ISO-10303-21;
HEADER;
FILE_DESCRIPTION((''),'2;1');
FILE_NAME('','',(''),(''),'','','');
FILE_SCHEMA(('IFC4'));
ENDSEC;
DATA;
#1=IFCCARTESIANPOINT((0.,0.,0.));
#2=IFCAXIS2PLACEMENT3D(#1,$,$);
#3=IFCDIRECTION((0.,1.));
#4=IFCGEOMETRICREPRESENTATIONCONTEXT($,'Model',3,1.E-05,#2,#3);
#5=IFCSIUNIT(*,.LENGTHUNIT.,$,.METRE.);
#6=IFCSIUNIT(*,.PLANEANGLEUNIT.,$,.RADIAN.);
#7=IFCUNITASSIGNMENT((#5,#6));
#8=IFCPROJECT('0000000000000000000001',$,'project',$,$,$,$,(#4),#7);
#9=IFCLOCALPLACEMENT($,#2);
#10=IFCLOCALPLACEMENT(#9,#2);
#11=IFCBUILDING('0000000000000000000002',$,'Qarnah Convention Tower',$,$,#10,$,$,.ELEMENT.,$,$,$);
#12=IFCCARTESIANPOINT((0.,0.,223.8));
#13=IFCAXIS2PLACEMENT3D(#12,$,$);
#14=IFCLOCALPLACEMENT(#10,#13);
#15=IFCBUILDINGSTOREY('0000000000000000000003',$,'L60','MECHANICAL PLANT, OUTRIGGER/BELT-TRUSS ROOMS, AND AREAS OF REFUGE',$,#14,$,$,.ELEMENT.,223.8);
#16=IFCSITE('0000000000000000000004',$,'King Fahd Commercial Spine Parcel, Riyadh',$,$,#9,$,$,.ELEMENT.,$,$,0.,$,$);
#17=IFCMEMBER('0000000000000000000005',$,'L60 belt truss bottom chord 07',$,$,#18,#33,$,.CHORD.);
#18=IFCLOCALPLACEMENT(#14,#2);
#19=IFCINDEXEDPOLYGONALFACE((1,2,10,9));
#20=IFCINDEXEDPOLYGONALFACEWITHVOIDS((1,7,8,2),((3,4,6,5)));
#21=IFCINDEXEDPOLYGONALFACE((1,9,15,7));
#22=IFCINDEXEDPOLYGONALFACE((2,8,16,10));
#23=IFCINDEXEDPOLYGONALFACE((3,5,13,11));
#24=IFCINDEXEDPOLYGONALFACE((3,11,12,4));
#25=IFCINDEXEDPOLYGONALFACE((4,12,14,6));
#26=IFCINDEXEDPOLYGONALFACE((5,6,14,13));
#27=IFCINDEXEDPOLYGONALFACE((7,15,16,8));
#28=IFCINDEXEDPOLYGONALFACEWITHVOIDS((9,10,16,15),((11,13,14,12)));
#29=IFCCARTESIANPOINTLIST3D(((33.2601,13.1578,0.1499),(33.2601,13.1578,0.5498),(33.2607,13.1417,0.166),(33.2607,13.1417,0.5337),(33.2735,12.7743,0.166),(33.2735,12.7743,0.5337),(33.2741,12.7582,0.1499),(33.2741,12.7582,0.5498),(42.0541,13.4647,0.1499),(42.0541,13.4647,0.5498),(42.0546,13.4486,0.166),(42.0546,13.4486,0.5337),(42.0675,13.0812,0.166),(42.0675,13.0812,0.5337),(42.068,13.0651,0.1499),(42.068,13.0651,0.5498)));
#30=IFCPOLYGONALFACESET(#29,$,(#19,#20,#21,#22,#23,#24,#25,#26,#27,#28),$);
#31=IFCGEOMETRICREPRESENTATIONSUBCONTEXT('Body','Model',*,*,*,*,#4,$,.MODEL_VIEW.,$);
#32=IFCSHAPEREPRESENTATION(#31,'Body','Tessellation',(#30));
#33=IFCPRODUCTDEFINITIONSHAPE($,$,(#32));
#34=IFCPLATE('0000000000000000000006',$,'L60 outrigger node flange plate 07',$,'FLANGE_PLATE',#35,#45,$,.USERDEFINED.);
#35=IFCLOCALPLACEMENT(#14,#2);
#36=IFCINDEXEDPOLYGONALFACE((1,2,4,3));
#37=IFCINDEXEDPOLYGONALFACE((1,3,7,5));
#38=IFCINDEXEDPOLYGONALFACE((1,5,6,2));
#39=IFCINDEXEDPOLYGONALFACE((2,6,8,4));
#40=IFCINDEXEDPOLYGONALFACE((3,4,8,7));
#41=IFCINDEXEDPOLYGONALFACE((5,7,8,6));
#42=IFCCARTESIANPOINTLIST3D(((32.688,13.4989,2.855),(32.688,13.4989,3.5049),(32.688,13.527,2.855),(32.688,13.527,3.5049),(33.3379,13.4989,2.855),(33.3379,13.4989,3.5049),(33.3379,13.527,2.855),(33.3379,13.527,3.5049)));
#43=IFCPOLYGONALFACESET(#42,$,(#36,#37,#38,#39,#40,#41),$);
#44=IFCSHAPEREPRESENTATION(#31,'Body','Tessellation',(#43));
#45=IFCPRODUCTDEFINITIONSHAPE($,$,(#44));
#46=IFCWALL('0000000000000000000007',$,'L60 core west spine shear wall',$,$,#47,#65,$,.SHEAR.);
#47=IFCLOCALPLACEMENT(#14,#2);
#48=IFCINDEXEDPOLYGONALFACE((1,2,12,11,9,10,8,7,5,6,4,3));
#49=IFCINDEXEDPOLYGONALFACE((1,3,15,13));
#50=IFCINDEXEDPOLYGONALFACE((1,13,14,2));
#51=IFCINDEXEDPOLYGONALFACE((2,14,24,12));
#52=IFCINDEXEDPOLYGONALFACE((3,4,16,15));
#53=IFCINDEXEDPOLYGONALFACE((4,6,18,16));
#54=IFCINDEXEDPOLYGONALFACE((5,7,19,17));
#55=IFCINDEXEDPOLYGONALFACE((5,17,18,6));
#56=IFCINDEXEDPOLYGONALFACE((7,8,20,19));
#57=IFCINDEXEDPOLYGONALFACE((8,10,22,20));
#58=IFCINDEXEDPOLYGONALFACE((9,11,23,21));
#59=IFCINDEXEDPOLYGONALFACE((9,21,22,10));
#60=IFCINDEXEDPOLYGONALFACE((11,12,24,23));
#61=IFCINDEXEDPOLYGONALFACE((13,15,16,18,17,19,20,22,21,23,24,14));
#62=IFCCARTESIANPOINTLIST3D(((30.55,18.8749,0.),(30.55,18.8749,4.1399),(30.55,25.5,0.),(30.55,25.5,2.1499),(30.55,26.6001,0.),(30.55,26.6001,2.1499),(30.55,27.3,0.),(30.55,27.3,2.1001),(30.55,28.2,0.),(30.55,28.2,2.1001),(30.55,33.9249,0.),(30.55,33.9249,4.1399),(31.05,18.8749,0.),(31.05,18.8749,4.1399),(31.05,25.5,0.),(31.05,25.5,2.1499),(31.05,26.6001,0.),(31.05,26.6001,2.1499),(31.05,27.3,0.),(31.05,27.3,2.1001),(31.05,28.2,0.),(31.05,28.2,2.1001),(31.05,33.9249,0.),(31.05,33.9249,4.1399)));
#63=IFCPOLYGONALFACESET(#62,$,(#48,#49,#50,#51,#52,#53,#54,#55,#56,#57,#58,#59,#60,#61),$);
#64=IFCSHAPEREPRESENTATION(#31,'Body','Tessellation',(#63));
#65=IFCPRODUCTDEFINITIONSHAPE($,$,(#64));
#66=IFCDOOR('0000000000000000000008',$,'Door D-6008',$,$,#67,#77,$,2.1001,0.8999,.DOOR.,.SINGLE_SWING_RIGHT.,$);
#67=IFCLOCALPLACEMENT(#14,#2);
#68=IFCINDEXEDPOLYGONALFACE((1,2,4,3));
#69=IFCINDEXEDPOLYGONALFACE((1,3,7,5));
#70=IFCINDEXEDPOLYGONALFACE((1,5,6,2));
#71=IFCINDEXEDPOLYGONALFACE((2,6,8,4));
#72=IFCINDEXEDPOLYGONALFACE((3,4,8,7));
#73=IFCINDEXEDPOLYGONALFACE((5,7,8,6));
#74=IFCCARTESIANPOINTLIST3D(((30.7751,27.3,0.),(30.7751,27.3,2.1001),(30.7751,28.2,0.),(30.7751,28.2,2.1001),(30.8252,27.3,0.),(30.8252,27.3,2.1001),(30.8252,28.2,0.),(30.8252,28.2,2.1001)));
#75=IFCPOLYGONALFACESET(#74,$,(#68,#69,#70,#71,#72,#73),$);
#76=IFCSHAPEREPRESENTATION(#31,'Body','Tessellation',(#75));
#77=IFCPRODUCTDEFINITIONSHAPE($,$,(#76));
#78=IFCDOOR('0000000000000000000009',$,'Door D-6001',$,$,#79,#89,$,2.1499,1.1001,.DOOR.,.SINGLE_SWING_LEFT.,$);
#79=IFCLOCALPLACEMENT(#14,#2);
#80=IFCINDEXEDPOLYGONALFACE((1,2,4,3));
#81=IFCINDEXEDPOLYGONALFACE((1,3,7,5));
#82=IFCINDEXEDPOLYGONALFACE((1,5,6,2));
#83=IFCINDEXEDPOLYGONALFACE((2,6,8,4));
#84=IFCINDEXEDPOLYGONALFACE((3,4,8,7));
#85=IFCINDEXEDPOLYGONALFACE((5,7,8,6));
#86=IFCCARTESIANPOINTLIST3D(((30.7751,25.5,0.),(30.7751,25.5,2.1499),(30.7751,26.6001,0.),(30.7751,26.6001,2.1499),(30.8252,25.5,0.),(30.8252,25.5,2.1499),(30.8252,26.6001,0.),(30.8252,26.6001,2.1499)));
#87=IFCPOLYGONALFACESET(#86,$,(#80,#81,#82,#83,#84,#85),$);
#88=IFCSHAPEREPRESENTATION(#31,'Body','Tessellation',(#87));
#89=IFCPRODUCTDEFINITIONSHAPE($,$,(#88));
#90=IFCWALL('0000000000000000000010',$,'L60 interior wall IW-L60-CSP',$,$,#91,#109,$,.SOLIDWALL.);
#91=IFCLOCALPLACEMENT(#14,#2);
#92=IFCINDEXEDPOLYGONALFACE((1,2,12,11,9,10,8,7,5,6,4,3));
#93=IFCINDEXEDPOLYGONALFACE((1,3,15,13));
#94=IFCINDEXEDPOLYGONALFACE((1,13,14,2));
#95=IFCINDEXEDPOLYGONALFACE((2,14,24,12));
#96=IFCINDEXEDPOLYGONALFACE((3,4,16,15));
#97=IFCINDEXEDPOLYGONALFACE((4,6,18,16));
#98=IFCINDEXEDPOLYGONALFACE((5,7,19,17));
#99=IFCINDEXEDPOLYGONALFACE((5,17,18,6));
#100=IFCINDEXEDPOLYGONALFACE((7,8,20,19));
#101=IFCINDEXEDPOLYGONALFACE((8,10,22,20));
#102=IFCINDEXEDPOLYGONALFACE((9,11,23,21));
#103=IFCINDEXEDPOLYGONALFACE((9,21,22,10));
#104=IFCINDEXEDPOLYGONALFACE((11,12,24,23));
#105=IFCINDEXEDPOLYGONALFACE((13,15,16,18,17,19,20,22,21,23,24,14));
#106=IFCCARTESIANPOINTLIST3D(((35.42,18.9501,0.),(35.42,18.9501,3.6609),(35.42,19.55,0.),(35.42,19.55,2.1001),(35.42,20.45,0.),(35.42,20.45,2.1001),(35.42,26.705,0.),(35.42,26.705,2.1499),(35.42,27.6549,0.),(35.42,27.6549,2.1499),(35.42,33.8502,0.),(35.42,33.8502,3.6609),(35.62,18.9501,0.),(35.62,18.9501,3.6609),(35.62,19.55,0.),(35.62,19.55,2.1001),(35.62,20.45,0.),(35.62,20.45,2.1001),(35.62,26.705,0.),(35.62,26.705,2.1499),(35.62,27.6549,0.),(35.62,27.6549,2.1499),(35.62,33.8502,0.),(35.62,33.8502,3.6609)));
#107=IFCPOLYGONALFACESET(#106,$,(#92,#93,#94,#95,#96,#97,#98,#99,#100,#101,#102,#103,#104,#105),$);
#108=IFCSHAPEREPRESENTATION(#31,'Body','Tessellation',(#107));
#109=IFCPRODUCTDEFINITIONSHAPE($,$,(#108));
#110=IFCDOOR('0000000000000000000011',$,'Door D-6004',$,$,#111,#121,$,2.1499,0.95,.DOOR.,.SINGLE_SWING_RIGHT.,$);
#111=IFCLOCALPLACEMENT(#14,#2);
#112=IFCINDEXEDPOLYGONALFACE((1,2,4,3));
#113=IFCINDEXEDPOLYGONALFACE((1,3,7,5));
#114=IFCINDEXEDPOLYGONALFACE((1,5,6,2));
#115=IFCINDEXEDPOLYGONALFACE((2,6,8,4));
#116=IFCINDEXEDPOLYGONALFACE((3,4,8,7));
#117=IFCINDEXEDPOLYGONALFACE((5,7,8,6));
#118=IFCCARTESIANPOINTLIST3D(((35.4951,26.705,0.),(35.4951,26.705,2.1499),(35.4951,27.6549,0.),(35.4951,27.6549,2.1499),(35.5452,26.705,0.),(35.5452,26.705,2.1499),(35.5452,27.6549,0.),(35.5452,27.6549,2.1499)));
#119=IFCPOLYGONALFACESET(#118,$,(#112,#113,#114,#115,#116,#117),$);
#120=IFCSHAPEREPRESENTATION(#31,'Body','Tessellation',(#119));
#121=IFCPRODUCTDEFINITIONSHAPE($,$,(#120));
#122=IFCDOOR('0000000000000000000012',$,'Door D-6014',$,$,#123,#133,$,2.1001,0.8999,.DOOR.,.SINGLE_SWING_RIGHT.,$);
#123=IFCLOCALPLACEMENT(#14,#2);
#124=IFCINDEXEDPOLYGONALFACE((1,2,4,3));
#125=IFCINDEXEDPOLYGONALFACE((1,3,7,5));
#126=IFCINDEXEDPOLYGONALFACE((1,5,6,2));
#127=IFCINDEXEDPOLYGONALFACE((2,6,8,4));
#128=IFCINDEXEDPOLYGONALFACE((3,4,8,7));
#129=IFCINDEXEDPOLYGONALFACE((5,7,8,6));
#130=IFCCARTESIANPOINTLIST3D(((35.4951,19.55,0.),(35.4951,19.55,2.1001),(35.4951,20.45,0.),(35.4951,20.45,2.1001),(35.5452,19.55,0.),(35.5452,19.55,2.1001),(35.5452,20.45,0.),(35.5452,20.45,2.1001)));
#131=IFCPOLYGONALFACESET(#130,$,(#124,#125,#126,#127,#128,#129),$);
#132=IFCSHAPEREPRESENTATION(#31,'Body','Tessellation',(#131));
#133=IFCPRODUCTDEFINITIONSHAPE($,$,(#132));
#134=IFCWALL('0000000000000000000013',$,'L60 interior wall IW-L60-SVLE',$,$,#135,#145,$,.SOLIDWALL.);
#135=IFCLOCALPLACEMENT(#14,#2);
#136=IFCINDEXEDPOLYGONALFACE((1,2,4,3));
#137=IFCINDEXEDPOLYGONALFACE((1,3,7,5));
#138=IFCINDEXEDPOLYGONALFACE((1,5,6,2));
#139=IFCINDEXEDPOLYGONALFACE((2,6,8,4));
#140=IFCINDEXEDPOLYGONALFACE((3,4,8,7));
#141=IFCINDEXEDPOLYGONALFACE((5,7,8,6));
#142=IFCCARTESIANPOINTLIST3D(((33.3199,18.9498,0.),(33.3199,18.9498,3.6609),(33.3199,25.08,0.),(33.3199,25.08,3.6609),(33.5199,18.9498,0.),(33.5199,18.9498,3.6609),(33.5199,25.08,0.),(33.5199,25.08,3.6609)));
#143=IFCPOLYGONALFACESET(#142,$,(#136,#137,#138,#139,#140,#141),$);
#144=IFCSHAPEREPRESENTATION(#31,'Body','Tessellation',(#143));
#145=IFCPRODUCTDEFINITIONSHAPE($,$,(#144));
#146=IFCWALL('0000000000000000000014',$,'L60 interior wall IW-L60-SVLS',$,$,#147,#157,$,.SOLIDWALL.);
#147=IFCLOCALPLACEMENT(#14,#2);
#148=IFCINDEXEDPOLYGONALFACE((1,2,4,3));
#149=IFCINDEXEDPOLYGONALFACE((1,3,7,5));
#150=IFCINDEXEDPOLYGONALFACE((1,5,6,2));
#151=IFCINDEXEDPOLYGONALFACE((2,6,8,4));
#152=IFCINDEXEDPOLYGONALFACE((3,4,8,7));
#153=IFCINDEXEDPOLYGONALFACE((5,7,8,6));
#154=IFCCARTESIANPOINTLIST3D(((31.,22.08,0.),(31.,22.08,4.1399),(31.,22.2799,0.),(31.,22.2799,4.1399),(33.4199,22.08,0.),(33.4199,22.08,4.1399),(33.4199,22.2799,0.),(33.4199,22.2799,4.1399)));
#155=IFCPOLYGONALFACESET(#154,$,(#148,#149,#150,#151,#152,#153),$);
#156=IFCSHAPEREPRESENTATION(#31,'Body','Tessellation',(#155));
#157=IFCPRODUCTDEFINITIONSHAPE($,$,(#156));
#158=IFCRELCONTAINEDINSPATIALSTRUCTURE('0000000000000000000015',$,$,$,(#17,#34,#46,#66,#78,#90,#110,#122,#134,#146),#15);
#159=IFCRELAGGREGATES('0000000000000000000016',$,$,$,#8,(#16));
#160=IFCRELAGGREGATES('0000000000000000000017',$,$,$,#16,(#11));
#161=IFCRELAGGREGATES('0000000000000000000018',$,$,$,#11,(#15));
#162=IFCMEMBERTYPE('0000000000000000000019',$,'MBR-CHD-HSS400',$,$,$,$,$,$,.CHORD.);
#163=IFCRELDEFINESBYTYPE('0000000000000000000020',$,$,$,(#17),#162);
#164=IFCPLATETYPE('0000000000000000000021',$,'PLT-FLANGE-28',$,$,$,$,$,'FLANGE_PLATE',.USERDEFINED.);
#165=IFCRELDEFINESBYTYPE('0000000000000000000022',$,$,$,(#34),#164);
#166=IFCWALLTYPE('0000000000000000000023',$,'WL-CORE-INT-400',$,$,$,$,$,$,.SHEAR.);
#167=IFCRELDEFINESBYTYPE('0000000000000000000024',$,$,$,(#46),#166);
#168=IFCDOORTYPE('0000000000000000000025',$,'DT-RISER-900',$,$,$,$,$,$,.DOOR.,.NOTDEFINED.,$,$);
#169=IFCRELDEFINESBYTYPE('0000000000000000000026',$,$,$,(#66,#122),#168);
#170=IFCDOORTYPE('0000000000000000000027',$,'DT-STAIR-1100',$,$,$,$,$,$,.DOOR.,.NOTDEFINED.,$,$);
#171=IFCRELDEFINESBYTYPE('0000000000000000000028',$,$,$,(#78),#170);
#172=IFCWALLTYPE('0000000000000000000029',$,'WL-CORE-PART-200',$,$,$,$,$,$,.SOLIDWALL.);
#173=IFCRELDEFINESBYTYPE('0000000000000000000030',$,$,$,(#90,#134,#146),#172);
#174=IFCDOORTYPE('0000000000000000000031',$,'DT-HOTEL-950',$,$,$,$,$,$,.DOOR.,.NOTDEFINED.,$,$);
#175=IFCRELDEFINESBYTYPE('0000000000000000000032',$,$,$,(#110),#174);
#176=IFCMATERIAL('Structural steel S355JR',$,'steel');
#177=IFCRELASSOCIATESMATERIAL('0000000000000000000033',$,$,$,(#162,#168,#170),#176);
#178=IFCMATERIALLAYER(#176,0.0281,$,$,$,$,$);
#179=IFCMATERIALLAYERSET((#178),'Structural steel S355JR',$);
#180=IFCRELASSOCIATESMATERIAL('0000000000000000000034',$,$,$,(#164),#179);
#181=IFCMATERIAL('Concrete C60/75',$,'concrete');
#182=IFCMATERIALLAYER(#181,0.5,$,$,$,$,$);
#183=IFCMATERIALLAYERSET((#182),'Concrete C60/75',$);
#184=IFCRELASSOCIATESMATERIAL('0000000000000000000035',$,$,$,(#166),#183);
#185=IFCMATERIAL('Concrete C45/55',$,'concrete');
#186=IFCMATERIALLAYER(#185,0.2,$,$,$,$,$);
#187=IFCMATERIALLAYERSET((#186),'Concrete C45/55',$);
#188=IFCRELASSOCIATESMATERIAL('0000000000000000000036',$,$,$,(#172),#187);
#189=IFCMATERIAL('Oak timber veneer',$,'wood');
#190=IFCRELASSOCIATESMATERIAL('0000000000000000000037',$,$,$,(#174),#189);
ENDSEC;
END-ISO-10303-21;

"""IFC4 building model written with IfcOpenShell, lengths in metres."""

from ifc_helpers import new_model, si_unit, direction, frame, frame_2d, origin, origin_2d, place, context, subcontext, project, spatial, rectangle, hollow_rectangle, extrude, material, layer, layer_set, material_profile, profile_set, type_object, element, fill, save


model = new_model("IFC4")

# Units and contexts
model_context = context("Model", 3, precision=1e-05, world=origin(), true_north=direction((0.0, 1.0)))
body_context = subcontext(model_context, "Body", "Model", "MODEL_VIEW")
ifc_project = project(units=[si_unit("LENGTHUNIT", "METRE"), si_unit("PLANEANGLEUNIT", "RADIAN")], contexts=[model_context])

# Site, building, storey
site_placement = place(None, origin())
site = spatial("IfcSite", under=ifc_project, at=site_placement, Name="King Fahd Commercial Spine Parcel, Riyadh", CompositionType="ELEMENT", RefElevation=0.0)
building_placement = place(site_placement, origin())
building = spatial("IfcBuilding", under=site, at=building_placement, Name="Qarnah Convention Tower", CompositionType="ELEMENT")
storey_placement = place(building_placement, frame((0.0, 0.0, 223.8)))
storey = spatial("IfcBuildingStorey", under=building, at=storey_placement, Name="L60", Description="MECHANICAL PLANT, OUTRIGGER/BELT-TRUSS ROOMS, AND AREAS OF REFUGE", CompositionType="ELEMENT", Elevation=223.8)

# Shared definitions
ifc_material_1 = material(Name="Structural steel S355JR", Category="steel")

# Member
ifc_material_profile_1 = material_profile(ifc_material_1, hollow_rectangle(XDim=0.3999, YDim=0.3999, WallThickness=0.0161, at=origin_2d()), Name="HSS400X400X16")
ifc_profile_set_1 = profile_set([ifc_material_profile_1], Name="Structural steel S355JR")
member_type_1 = type_object("IfcMemberType", Name="MBR-CHD-HSS400", PredefinedType="CHORD", material=ifc_profile_set_1)
member_1_placement = place(storey_placement, frame((33.2671, 12.958, 0.3499), z_axis=(0.999392, 0.034876, 0.0), x_axis=(-0.034876, 0.999392, 0.0)))
element("IfcMember", 1, at=member_1_placement, inside=storey, type_object=member_type_1, Name="L60 belt truss bottom chord 07", PredefinedType="CHORD", context=body_context, shape_type="SweptSolid", body=[
    extrude(hollow_rectangle(XDim=0.3999, YDim=0.3999, WallThickness=0.0161, at=origin_2d()), origin(), (0.0, 0.0, 1.0), 8.7993),
])

# Plate
ifc_layer_1 = layer(ifc_material_1, 0.0281)
ifc_layer_set_1 = layer_set([ifc_layer_1], Name="Structural steel S355JR")
plate_type = type_object("IfcPlateType", Name="PLT-FLANGE-28", ElementType="FLANGE_PLATE", PredefinedType="USERDEFINED", material=ifc_layer_set_1)
plate_placement = place(storey_placement, frame((33.0129, 13.5129, 2.855), z_axis=(0.0, 0.0, 1.0), x_axis=(1.0, 0.0, 0.0)))
element("IfcPlate", 2, at=plate_placement, inside=storey, type_object=plate_type, Name="L60 outrigger node flange plate 07", ObjectType="FLANGE_PLATE", PredefinedType="USERDEFINED", context=body_context, shape_type="SweptSolid", body=[
    extrude(rectangle(XDim=0.6499, YDim=0.0281, at=origin_2d()), origin(), (0.0, 0.0, 1.0), 0.6499),
])

# Walls, openings, doors
ifc_material_2 = material(Name="Concrete C60/75", Category="concrete")
ifc_layer_2 = layer(ifc_material_2, 0.5)
ifc_layer_set_2 = layer_set([ifc_layer_2], Name="Concrete C60/75")
wall_type_1 = type_object("IfcWallType", Name="WL-CORE-INT-400", PredefinedType="SHEAR", material=ifc_layer_set_2)
wall_1_placement = place(storey_placement, frame((30.8, 18.875, 0.0), z_axis=(0.0, 0.0, 1.0), x_axis=(0.0, 1.0, 0.0)))
wall_1 = element("IfcWall", 3, at=wall_1_placement, inside=storey, type_object=wall_type_1, Name="L60 core west spine shear wall", PredefinedType="SHEAR", context=body_context, shape_type="SweptSolid", body=[
    extrude(rectangle(XDim=15.05, YDim=0.5, at=frame_2d((7.5249, 0.0))), origin(), (0.0, 0.0, 1.0), 4.1399),
])
opening_1_placement = place(wall_1_placement, frame((6.625, 0.0, 0.0)))
opening_1 = element("IfcOpeningElement", 4, at=opening_1_placement, cuts=wall_1, PredefinedType="OPENING", context=body_context, shape_type="SweptSolid", body=[
    extrude(rectangle(XDim=1.1001, YDim=2.1499, at=frame_2d((0.55, 1.075))), frame((0.0, 0.26, 0.0), z_axis=(0.0, -1.0, 0.0), x_axis=(1.0, 0.0, 0.0)), (0.0, 0.0, 1.0), 0.52),
])
opening_2_placement = place(wall_1_placement, frame((8.425, 0.0, 0.0)))
opening_2 = element("IfcOpeningElement", 5, at=opening_2_placement, cuts=wall_1, PredefinedType="OPENING", context=body_context, shape_type="SweptSolid", body=[
    extrude(rectangle(XDim=0.8999, YDim=2.1001, at=frame_2d((0.45, 1.05))), frame((0.0, 0.26, 0.0), z_axis=(0.0, -1.0, 0.0), x_axis=(1.0, 0.0, 0.0)), (0.0, 0.0, 1.0), 0.52),
])
door_type_1 = type_object("IfcDoorType", Name="DT-RISER-900", OperationType="NOTDEFINED", PredefinedType="DOOR", material=ifc_material_1)
door_1_placement = place(opening_2_placement, origin())
door_1 = element("IfcDoor", 6, at=door_1_placement, inside=storey, type_object=door_type_1, Name="Door D-6008", OperationType="SINGLE_SWING_RIGHT", OverallHeight=2.1001, OverallWidth=0.8999, PredefinedType="DOOR", context=body_context, shape_type="SweptSolid", body=[
    extrude(rectangle(XDim=0.8999, YDim=2.1001, at=frame_2d((0.45, 1.05))), frame((0.0, 0.0249, 0.0), z_axis=(0.0, -1.0, 0.0), x_axis=(1.0, 0.0, 0.0)), (0.0, 0.0, 1.0), 0.05),
])
fill(opening_2, door_1)
door_type_2 = type_object("IfcDoorType", Name="DT-STAIR-1100", OperationType="NOTDEFINED", PredefinedType="DOOR", material=ifc_material_1)
door_2_placement = place(opening_1_placement, origin())
door_2 = element("IfcDoor", 7, at=door_2_placement, inside=storey, type_object=door_type_2, Name="Door D-6001", OperationType="SINGLE_SWING_LEFT", OverallHeight=2.1499, OverallWidth=1.1001, PredefinedType="DOOR", context=body_context, shape_type="SweptSolid", body=[
    extrude(rectangle(XDim=1.1001, YDim=2.1499, at=frame_2d((0.55, 1.075))), frame((0.0, 0.0249, 0.0), z_axis=(0.0, -1.0, 0.0), x_axis=(1.0, 0.0, 0.0)), (0.0, 0.0, 1.0), 0.05),
])
fill(opening_1, door_2)
ifc_material_3 = material(Name="Concrete C45/55", Category="concrete")
ifc_layer_3 = layer(ifc_material_3, 0.2)
ifc_layer_set_3 = layer_set([ifc_layer_3], Name="Concrete C45/55")
wall_type_2 = type_object("IfcWallType", Name="WL-CORE-PART-200", PredefinedType="SOLIDWALL", material=ifc_layer_set_3)
wall_2_placement = place(storey_placement, frame((35.52, 18.95, 0.0), z_axis=(0.0, 0.0, 1.0), x_axis=(0.0, 1.0, 0.0)))
wall_2 = element("IfcWall", 8, at=wall_2_placement, inside=storey, type_object=wall_type_2, Name="L60 interior wall IW-L60-CSP", PredefinedType="SOLIDWALL", context=body_context, shape_type="SweptSolid", body=[
    extrude(rectangle(XDim=14.9001, YDim=0.2, at=frame_2d((7.4502, 0.0))), origin(), (0.0, 0.0, 1.0), 3.6609),
])
opening_3_placement = place(wall_2_placement, frame((7.7549, 0.0, 0.0)))
opening_3 = element("IfcOpeningElement", 9, at=opening_3_placement, cuts=wall_2, PredefinedType="OPENING", context=body_context, shape_type="SweptSolid", body=[
    extrude(rectangle(XDim=0.95, YDim=2.1499, at=frame_2d((0.4751, 1.075))), frame((0.0, 0.1099, 0.0), z_axis=(0.0, -1.0, 0.0), x_axis=(1.0, 0.0, 0.0)), (0.0, 0.0, 1.0), 0.22),
])
opening_4_placement = place(wall_2_placement, frame((0.6001, 0.0, 0.0)))
opening_4 = element("IfcOpeningElement", 10, at=opening_4_placement, cuts=wall_2, PredefinedType="OPENING", context=body_context, shape_type="SweptSolid", body=[
    extrude(rectangle(XDim=0.8999, YDim=2.1001, at=frame_2d((0.45, 1.05))), frame((0.0, 0.1099, 0.0), z_axis=(0.0, -1.0, 0.0), x_axis=(1.0, 0.0, 0.0)), (0.0, 0.0, 1.0), 0.22),
])
ifc_material_4 = material(Name="Oak timber veneer", Category="wood")
door_type_3 = type_object("IfcDoorType", Name="DT-HOTEL-950", OperationType="NOTDEFINED", PredefinedType="DOOR", material=ifc_material_4)
door_3_placement = place(opening_3_placement, origin())
door_3 = element("IfcDoor", 11, at=door_3_placement, inside=storey, type_object=door_type_3, Name="Door D-6004", OperationType="SINGLE_SWING_RIGHT", OverallHeight=2.1499, OverallWidth=0.95, PredefinedType="DOOR", context=body_context, shape_type="SweptSolid", body=[
    extrude(rectangle(XDim=0.95, YDim=2.1499, at=frame_2d((0.4751, 1.075))), frame((0.0, 0.0249, 0.0), z_axis=(0.0, -1.0, 0.0), x_axis=(1.0, 0.0, 0.0)), (0.0, 0.0, 1.0), 0.05),
])
fill(opening_3, door_3)
door_4_placement = place(opening_4_placement, origin())
door_4 = element("IfcDoor", 12, at=door_4_placement, inside=storey, type_object=door_type_1, Name="Door D-6014", OperationType="SINGLE_SWING_RIGHT", OverallHeight=2.1001, OverallWidth=0.8999, PredefinedType="DOOR", context=body_context, shape_type="SweptSolid", body=[
    extrude(rectangle(XDim=0.8999, YDim=2.1001, at=frame_2d((0.45, 1.05))), frame((0.0, 0.0249, 0.0), z_axis=(0.0, -1.0, 0.0), x_axis=(1.0, 0.0, 0.0)), (0.0, 0.0, 1.0), 0.05),
])
fill(opening_4, door_4)

# Walls
wall_3_placement = place(storey_placement, frame((33.4199, 18.95, 0.0), z_axis=(0.0, 0.0, 1.0), x_axis=(0.0, 1.0, 0.0)))
element("IfcWall", 13, at=wall_3_placement, inside=storey, type_object=wall_type_2, Name="L60 interior wall IW-L60-SVLE", PredefinedType="SOLIDWALL", context=body_context, shape_type="SweptSolid", body=[
    extrude(rectangle(XDim=6.1301, YDim=0.2, at=frame_2d((3.0649, 0.0))), origin(), (0.0, 0.0, 1.0), 3.6609),
])
wall_4_placement = place(storey_placement, frame((31.0, 22.1799, 0.0), z_axis=(0.0, 0.0, 1.0), x_axis=(1.0, 0.0, 0.0)))
element("IfcWall", 14, at=wall_4_placement, inside=storey, type_object=wall_type_2, Name="L60 interior wall IW-L60-SVLS", PredefinedType="SOLIDWALL", context=body_context, shape_type="SweptSolid", body=[
    extrude(rectangle(XDim=2.4199, YDim=0.2, at=frame_2d((1.21, 0.0))), origin(), (0.0, 0.0, 1.0), 4.1399),
])

save(model, "model.ifc")
